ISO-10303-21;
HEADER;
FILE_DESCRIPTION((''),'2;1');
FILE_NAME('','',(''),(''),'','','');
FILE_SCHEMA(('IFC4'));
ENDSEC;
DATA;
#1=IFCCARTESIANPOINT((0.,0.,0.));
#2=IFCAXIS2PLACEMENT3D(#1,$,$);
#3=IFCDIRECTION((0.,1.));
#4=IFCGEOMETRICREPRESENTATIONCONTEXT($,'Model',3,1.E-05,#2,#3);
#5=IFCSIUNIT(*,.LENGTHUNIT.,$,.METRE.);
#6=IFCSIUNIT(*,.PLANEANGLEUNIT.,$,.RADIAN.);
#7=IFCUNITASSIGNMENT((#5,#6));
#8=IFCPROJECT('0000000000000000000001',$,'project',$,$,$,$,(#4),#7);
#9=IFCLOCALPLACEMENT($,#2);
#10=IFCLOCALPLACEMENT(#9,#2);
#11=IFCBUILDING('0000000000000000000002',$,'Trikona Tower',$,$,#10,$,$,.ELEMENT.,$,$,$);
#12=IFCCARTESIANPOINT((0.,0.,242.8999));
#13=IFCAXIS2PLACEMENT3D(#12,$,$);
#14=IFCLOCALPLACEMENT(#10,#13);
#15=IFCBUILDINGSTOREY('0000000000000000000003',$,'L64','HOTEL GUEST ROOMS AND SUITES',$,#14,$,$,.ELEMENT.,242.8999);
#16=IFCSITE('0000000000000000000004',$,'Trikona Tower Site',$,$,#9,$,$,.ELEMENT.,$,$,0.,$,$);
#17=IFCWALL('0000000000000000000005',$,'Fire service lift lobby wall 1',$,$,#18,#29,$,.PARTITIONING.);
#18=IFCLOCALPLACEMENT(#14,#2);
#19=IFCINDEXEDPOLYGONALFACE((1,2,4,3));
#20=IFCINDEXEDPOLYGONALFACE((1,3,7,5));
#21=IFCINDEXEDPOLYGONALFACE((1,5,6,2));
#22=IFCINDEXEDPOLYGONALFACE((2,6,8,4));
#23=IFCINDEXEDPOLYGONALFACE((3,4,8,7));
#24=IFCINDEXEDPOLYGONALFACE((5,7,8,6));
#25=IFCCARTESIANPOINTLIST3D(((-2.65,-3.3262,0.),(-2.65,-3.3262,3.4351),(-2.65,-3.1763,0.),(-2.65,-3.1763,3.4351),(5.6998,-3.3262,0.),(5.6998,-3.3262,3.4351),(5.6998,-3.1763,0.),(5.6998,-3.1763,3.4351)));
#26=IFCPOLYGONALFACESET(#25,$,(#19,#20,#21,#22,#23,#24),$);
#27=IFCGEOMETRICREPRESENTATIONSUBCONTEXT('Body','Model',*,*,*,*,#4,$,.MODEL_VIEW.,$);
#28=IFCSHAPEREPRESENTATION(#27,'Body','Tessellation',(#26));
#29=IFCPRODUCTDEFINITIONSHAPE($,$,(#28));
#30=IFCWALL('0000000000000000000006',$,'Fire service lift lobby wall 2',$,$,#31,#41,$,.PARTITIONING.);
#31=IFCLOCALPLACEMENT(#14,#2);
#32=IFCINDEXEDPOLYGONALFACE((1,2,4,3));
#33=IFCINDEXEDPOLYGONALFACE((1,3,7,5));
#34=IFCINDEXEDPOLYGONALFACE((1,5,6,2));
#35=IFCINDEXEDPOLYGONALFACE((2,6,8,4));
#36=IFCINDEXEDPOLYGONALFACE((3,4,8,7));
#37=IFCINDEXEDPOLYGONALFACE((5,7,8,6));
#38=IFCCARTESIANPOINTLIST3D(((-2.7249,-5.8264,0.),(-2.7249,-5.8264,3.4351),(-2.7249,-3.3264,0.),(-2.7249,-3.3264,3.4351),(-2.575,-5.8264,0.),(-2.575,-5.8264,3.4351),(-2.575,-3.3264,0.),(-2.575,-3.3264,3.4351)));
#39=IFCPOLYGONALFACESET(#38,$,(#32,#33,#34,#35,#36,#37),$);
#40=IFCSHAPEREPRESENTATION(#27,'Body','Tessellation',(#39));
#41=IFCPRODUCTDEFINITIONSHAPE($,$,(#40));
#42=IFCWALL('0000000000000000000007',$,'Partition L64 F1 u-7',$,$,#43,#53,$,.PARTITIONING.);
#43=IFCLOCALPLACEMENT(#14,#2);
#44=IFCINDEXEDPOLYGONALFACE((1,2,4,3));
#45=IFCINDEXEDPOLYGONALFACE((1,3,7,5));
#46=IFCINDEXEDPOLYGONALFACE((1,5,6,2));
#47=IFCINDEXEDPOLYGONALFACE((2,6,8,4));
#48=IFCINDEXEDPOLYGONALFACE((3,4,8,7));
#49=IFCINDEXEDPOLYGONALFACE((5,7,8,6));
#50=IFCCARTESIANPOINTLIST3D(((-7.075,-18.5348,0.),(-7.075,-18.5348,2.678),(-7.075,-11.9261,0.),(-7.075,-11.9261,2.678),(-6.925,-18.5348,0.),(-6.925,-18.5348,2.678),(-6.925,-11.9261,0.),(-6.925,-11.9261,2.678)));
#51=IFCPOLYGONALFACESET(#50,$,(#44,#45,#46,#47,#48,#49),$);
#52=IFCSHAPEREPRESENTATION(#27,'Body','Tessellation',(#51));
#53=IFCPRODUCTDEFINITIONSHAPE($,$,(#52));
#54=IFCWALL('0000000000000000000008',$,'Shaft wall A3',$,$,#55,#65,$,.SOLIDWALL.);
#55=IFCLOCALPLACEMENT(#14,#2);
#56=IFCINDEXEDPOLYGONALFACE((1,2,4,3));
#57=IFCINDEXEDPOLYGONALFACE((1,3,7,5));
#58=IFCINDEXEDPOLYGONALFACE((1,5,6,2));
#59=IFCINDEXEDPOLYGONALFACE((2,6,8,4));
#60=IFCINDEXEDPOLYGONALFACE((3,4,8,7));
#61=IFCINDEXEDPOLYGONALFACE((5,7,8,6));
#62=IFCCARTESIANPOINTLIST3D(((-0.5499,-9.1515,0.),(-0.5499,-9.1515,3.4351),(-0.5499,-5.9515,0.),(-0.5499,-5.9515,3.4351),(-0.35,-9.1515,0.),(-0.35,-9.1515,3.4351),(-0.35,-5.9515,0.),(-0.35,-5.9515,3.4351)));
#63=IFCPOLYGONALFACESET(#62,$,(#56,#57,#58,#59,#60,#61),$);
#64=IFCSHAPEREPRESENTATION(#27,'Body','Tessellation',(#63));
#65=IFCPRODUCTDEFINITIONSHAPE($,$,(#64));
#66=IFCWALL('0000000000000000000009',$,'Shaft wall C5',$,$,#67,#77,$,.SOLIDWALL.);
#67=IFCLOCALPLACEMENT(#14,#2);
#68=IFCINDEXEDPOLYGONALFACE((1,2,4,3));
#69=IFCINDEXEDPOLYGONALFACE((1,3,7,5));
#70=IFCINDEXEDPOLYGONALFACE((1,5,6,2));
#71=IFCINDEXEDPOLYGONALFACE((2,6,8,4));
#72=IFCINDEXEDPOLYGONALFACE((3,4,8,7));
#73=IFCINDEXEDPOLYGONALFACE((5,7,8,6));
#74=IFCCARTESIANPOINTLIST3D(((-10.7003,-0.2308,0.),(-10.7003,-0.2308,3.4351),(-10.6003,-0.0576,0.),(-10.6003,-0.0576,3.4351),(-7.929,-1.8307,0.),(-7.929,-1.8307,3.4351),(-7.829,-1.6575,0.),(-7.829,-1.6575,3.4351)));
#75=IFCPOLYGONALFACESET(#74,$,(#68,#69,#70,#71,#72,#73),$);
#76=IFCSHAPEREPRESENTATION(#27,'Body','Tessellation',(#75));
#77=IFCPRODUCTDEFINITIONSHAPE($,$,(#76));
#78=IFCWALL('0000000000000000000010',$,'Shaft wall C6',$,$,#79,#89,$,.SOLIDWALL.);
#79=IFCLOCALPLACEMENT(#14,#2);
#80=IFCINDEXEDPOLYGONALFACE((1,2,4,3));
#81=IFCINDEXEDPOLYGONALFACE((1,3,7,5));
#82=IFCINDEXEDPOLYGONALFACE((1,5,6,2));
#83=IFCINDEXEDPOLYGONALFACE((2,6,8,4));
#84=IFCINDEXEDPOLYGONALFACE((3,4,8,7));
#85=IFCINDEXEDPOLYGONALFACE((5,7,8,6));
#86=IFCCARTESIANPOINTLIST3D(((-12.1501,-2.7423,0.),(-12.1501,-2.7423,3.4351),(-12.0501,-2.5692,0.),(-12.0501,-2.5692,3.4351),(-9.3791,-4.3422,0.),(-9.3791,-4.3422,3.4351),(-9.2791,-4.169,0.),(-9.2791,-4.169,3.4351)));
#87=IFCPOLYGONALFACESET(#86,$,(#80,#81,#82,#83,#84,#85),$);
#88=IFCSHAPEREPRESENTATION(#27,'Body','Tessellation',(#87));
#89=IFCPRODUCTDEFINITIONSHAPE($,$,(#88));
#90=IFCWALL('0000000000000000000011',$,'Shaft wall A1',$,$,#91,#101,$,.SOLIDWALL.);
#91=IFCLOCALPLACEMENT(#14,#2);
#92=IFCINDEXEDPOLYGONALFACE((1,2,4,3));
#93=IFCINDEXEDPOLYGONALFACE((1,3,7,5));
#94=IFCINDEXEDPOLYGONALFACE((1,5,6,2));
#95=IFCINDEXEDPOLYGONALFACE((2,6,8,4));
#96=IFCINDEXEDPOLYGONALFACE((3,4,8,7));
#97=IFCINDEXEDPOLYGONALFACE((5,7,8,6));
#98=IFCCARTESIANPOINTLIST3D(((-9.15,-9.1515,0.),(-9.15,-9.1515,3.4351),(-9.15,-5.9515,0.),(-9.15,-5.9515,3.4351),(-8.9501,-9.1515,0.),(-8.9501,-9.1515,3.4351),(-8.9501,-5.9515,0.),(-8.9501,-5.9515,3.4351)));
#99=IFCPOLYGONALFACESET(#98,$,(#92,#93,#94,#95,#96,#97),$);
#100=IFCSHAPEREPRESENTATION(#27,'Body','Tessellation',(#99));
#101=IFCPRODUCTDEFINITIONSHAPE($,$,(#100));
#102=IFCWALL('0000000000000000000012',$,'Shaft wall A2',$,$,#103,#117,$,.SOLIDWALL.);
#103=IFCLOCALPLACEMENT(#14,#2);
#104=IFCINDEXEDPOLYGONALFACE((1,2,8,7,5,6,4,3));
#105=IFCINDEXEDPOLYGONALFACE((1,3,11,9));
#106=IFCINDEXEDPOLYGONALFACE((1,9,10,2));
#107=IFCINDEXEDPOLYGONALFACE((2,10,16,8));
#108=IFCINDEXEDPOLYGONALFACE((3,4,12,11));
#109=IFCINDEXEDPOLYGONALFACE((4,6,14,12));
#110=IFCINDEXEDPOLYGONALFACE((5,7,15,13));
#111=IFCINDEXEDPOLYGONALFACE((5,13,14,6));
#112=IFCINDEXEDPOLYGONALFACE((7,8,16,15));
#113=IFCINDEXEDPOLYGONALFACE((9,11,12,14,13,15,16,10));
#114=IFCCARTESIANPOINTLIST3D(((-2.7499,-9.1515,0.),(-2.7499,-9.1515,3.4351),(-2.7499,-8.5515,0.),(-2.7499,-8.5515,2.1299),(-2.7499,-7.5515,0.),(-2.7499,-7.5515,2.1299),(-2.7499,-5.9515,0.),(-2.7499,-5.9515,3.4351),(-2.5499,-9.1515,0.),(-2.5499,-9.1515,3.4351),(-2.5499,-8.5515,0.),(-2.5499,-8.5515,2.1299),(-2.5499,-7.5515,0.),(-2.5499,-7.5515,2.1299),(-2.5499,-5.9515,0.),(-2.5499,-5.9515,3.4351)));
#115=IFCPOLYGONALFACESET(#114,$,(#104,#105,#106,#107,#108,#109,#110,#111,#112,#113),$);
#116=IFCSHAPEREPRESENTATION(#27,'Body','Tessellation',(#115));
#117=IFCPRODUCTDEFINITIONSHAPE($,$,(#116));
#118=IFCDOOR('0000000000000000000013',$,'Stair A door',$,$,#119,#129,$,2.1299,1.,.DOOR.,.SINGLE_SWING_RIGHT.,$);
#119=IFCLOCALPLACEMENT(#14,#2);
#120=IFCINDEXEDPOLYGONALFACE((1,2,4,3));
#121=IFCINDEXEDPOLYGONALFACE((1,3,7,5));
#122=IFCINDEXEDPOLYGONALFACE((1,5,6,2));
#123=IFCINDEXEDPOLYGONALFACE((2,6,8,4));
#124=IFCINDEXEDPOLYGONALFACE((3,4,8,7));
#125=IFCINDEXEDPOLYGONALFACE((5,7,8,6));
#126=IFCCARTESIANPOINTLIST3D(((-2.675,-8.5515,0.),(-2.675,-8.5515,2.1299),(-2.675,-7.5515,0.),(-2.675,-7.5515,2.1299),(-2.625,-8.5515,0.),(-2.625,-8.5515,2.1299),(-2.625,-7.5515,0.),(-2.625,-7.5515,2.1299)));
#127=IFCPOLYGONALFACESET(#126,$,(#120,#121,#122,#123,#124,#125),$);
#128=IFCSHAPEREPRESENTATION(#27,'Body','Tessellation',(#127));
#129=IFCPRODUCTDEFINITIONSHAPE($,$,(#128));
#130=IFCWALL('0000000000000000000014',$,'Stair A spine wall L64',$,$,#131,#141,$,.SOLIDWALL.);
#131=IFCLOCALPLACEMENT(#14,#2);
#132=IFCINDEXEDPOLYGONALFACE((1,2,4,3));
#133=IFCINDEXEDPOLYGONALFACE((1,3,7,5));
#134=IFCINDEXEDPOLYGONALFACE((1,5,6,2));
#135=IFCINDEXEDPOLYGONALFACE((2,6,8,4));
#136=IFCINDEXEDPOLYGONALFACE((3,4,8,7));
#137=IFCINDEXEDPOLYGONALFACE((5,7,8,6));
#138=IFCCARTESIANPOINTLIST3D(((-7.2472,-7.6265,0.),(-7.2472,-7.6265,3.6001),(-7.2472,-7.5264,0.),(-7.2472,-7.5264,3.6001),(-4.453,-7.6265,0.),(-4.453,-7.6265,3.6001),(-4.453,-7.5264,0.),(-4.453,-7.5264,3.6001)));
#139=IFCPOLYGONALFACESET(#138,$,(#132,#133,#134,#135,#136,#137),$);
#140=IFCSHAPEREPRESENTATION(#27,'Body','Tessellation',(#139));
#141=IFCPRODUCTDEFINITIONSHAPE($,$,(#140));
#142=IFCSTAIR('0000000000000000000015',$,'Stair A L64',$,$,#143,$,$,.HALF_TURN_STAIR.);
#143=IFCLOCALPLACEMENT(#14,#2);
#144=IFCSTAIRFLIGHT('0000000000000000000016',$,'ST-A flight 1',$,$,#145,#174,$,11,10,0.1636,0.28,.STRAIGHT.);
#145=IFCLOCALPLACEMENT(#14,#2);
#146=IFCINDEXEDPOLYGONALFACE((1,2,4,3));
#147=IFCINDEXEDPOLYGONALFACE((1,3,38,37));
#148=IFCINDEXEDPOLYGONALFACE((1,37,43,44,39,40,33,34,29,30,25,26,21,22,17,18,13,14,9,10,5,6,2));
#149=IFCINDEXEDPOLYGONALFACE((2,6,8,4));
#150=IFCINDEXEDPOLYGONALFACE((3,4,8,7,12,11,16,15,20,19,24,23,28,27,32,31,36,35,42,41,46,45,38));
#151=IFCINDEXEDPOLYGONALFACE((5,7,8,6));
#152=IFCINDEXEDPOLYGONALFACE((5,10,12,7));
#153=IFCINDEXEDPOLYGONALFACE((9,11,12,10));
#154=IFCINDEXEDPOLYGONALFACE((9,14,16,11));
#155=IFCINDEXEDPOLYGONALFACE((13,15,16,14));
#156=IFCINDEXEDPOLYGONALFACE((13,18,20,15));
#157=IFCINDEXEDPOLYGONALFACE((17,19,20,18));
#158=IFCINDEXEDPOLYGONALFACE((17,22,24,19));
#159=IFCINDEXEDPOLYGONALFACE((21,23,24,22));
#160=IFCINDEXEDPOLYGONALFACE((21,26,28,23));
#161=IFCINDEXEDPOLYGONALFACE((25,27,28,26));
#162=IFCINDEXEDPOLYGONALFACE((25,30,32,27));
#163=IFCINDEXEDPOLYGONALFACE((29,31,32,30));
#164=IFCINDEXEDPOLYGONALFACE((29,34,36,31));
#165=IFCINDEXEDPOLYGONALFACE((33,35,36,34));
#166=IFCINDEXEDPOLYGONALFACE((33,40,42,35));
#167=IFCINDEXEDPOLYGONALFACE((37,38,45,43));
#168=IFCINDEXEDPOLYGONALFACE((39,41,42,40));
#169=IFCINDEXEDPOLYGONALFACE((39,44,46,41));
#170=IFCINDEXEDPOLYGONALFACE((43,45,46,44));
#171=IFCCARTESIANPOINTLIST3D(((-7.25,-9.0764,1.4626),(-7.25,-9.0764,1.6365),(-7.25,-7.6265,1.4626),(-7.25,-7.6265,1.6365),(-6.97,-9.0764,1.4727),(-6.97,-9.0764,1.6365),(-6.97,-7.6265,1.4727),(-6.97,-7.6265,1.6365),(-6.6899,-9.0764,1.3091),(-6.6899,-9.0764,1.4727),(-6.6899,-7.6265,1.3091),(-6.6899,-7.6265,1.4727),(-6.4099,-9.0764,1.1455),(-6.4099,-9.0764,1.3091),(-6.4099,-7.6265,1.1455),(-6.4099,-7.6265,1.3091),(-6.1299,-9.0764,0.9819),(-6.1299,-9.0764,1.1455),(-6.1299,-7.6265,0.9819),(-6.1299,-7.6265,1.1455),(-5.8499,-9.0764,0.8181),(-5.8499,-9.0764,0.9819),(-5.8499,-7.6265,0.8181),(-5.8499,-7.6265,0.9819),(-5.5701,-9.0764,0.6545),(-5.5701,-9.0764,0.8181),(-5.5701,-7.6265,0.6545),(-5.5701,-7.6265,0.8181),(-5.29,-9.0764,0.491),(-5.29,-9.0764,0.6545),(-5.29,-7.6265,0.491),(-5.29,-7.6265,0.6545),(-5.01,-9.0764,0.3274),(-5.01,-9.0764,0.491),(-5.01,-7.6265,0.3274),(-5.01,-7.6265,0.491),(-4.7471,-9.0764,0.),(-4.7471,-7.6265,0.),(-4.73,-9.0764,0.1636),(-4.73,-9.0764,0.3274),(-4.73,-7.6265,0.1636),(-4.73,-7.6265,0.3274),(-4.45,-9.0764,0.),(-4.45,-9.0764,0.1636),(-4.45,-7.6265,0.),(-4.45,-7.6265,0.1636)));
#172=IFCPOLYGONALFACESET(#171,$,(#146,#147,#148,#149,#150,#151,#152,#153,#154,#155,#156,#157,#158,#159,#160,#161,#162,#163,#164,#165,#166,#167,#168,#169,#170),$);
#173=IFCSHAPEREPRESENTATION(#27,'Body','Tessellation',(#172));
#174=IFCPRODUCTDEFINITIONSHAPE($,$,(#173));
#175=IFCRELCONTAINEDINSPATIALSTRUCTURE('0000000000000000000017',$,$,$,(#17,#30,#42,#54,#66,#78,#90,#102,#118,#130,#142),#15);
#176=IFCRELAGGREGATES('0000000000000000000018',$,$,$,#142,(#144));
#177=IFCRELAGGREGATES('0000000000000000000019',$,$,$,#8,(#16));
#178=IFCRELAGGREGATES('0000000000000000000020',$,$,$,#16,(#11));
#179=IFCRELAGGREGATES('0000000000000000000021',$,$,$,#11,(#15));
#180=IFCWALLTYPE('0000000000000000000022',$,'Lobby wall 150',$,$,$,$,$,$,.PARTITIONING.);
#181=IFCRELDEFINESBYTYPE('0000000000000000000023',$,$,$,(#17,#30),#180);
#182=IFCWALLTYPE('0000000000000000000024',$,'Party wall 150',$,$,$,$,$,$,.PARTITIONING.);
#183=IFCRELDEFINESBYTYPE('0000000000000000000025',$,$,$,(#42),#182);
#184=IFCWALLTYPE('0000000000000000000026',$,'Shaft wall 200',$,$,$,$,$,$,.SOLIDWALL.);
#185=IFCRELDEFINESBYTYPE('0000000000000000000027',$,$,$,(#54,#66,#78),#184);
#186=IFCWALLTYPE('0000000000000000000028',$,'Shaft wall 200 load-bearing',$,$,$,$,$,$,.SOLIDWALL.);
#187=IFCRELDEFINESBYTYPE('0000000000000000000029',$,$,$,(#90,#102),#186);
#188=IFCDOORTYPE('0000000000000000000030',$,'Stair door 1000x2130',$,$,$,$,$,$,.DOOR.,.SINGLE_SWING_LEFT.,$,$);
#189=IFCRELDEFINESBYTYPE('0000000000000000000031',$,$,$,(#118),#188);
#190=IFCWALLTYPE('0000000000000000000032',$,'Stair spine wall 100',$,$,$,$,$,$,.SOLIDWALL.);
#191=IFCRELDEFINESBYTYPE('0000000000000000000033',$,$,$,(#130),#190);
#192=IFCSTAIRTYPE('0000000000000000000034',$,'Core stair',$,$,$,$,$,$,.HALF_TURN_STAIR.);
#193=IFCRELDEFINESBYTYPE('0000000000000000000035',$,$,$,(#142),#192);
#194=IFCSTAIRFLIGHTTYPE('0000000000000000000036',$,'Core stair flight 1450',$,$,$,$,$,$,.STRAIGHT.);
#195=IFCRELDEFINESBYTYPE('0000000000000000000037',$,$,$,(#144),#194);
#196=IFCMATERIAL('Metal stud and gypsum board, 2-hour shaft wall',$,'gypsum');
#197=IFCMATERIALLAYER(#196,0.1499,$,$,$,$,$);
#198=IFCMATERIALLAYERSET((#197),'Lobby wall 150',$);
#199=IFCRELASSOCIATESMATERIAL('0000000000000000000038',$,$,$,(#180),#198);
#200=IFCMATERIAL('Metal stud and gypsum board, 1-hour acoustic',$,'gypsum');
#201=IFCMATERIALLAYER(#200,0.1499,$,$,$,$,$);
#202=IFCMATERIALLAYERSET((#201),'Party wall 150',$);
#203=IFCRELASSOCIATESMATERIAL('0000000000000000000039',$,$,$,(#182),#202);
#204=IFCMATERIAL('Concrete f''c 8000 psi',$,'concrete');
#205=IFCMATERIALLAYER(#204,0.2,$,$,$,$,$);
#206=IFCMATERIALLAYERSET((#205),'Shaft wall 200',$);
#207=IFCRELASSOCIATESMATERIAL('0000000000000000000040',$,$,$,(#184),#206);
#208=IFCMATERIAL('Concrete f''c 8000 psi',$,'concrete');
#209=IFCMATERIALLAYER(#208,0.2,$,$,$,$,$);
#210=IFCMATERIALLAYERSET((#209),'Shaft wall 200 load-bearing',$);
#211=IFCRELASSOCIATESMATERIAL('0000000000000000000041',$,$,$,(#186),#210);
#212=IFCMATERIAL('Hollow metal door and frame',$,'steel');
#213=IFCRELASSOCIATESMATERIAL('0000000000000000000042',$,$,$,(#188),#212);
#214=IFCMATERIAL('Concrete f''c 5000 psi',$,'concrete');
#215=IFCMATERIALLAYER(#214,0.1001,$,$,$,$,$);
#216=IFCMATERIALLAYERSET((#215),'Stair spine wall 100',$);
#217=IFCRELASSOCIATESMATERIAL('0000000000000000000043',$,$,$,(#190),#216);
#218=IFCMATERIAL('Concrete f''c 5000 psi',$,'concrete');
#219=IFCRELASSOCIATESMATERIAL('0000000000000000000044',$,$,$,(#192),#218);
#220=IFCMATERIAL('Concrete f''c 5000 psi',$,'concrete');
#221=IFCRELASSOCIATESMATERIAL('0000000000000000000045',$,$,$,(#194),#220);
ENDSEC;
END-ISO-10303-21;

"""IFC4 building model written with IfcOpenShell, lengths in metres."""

from ifc_helpers import new_model, si_unit, direction, frame, frame_2d, origin, place, context, subcontext, project, spatial, polyline, rectangle, outline, extrude, material, layer, layer_set, type_object, element, fill, aggregate, save


model = new_model("IFC4")

# Units and contexts
model_context = context("Model", 3, precision=1e-05, world=origin(), true_north=direction((0.0, 1.0)))
body_context = subcontext(model_context, "Body", "Model", "MODEL_VIEW")
ifc_project = project(units=[si_unit("LENGTHUNIT", "METRE"), si_unit("PLANEANGLEUNIT", "RADIAN")], contexts=[model_context])

# Site, building, storey
site_placement = place(None, origin())
site = spatial("IfcSite", under=ifc_project, at=site_placement, Name="Trikona Tower Site", CompositionType="ELEMENT", RefElevation=0.0)
building_placement = place(site_placement, origin())
building = spatial("IfcBuilding", under=site, at=building_placement, Name="Trikona Tower", CompositionType="ELEMENT")
storey_placement = place(building_placement, frame((0.0, 0.0, 242.8999)))
storey = spatial("IfcBuildingStorey", under=building, at=storey_placement, Name="L64", Description="HOTEL GUEST ROOMS AND SUITES", CompositionType="ELEMENT", Elevation=242.8999)

# Walls
ifc_material_1 = material(Name="Metal stud and gypsum board, 2-hour shaft wall", Category="gypsum")
ifc_layer_1 = layer(ifc_material_1, 0.1499)
ifc_layer_set_1 = layer_set([ifc_layer_1], Name="Lobby wall 150")
wall_type_1 = type_object("IfcWallType", Name="Lobby wall 150", PredefinedType="PARTITIONING", material=ifc_layer_set_1)
wall_1_placement = place(storey_placement, frame((-2.6499, -3.2512, 0.0), z_axis=(0.0, 0.0, 1.0), x_axis=(1.0, 0.0, 0.0)))
element("IfcWall", 1, at=wall_1_placement, inside=storey, type_object=wall_type_1, Name="Fire service lift lobby wall 1", PredefinedType="PARTITIONING", context=body_context, shape_type="SweptSolid", body=[
    extrude(rectangle(XDim=8.3499, YDim=0.1499, at=frame_2d((4.1748, 0.0))), origin(), (0.0, 0.0, 1.0), 3.4351),
])
wall_2_placement = place(storey_placement, frame((-2.6499, -5.8264, 0.0), z_axis=(0.0, 0.0, 1.0), x_axis=(0.0, 1.0, 0.0)))
element("IfcWall", 2, at=wall_2_placement, inside=storey, type_object=wall_type_1, Name="Fire service lift lobby wall 2", PredefinedType="PARTITIONING", context=body_context, shape_type="SweptSolid", body=[
    extrude(rectangle(XDim=2.5, YDim=0.1499, at=frame_2d((1.25, 0.0))), origin(), (0.0, 0.0, 1.0), 3.4351),
])
ifc_material_2 = material(Name="Metal stud and gypsum board, 1-hour acoustic", Category="gypsum")
ifc_layer_2 = layer(ifc_material_2, 0.1499)
ifc_layer_set_2 = layer_set([ifc_layer_2], Name="Party wall 150")
wall_type_2 = type_object("IfcWallType", Name="Party wall 150", PredefinedType="PARTITIONING", material=ifc_layer_set_2)
wall_3_placement = place(storey_placement, frame((-7.0, -11.9263, 0.0), z_axis=(0.0, 0.0, 1.0), x_axis=(0.0, -1.0, 0.0)))
element("IfcWall", 3, at=wall_3_placement, inside=storey, type_object=wall_type_2, Name="Partition L64 F1 u-7", PredefinedType="PARTITIONING", context=body_context, shape_type="SweptSolid", body=[
    extrude(rectangle(XDim=6.6086, YDim=0.1499, at=frame_2d((3.3042, 0.0))), origin(), (0.0, 0.0, 1.0), 2.678),
])
ifc_material_3 = material(Name="Concrete f'c 8000 psi", Category="concrete")
ifc_layer_3 = layer(ifc_material_3, 0.2)
ifc_layer_set_3 = layer_set([ifc_layer_3], Name="Shaft wall 200")
wall_type_3 = type_object("IfcWallType", Name="Shaft wall 200", PredefinedType="SOLIDWALL", material=ifc_layer_set_3)
for number, where, z_axis, x_axis, name in (
    (4, (-0.45, -5.9514, 0.0), (0.0, 0.0, 1.0), (0.0, -1.0, 0.0), "Shaft wall A3"),
    (5, (-7.8789, -1.7441, 0.0), (0.0, 0.0, 1.0), (-0.866042, 0.499971, 0.0), "Shaft wall C5"),
):
    element("IfcWall", number, at=place(storey_placement, frame(where, z_axis=z_axis, x_axis=x_axis)), inside=storey, type_object=wall_type_3, Name=name, PredefinedType="SOLIDWALL", context=body_context, shape_type="SweptSolid", body=[
        extrude(rectangle(XDim=3.2, YDim=0.2, at=frame_2d((1.6001, 0.0))), origin(), (0.0, 0.0, 1.0), 3.4351),
    ])
wall_4_placement = place(storey_placement, frame((-9.3291, -4.2556, 0.0), z_axis=(0.0, 0.0, 1.0), x_axis=(-0.866023, 0.500004, 0.0)))
element("IfcWall", 6, at=wall_4_placement, inside=storey, type_object=wall_type_3, Name="Shaft wall C6", PredefinedType="SOLIDWALL", context=body_context, shape_type="SweptSolid", body=[
    extrude(rectangle(XDim=3.1997, YDim=0.2, at=frame_2d((1.5999, 0.0))), origin(), (0.0, 0.0, 1.0), 3.4351),
])
ifc_material_4 = material(Name="Concrete f'c 8000 psi", Category="concrete")
ifc_layer_4 = layer(ifc_material_4, 0.2)
ifc_layer_set_4 = layer_set([ifc_layer_4], Name="Shaft wall 200 load-bearing")
wall_type_4 = type_object("IfcWallType", Name="Shaft wall 200 load-bearing", PredefinedType="SOLIDWALL", material=ifc_layer_set_4)
wall_5_placement = place(storey_placement, frame((-9.05, -5.9514, 0.0), z_axis=(0.0, 0.0, 1.0), x_axis=(0.0, -1.0, 0.0)))
element("IfcWall", 7, at=wall_5_placement, inside=storey, type_object=wall_type_4, Name="Shaft wall A1", PredefinedType="SOLIDWALL", context=body_context, shape_type="SweptSolid", body=[
    extrude(rectangle(XDim=3.2, YDim=0.2, at=frame_2d((1.6001, 0.0))), origin(), (0.0, 0.0, 1.0), 3.4351),
])

# Wall, opening, door
wall_6_placement = place(storey_placement, frame((-2.6499, -5.9514, 0.0), z_axis=(0.0, 0.0, 1.0), x_axis=(0.0, -1.0, 0.0)))
wall_6 = element("IfcWall", 8, at=wall_6_placement, inside=storey, type_object=wall_type_4, Name="Shaft wall A2", PredefinedType="SOLIDWALL", context=body_context, shape_type="SweptSolid", body=[
    extrude(rectangle(XDim=3.2, YDim=0.2, at=frame_2d((1.6001, 0.0))), origin(), (0.0, 0.0, 1.0), 3.4351),
])
opening_1_placement = place(wall_6_placement, frame((1.6001, 0.0, 0.0)))
opening_1 = element("IfcOpeningElement", 9, at=opening_1_placement, cuts=wall_6, PredefinedType="OPENING", context=body_context, shape_type="SweptSolid", body=[
    extrude(rectangle(XDim=1.0, YDim=2.1299, at=frame_2d((0.5, 1.0649))), frame((0.0, 0.1099, 0.0), z_axis=(0.0, -1.0, 0.0), x_axis=(1.0, 0.0, 0.0)), (0.0, 0.0, 1.0), 0.22),
])
ifc_material_5 = material(Name="Hollow metal door and frame", Category="steel")
door_type_1 = type_object("IfcDoorType", Name="Stair door 1000x2130", OperationType="SINGLE_SWING_LEFT", PredefinedType="DOOR", material=ifc_material_5)
door_1_placement = place(opening_1_placement, origin())
door_1 = element("IfcDoor", 10, at=door_1_placement, inside=storey, type_object=door_type_1, Name="Stair A door", OperationType="SINGLE_SWING_RIGHT", OverallHeight=2.1299, OverallWidth=1.0, PredefinedType="DOOR", context=body_context, shape_type="SweptSolid", body=[
    extrude(rectangle(XDim=1.0, YDim=2.1299, at=frame_2d((0.5, 1.0649))), frame((0.0, 0.0249, 0.0), z_axis=(0.0, -1.0, 0.0), x_axis=(1.0, 0.0, 0.0)), (0.0, 0.0, 1.0), 0.05),
])
fill(opening_1, door_1)

# Wall
ifc_material_6 = material(Name="Concrete f'c 5000 psi", Category="concrete")
ifc_layer_5 = layer(ifc_material_6, 0.1001)
ifc_layer_set_5 = layer_set([ifc_layer_5], Name="Stair spine wall 100")
wall_type_5 = type_object("IfcWallType", Name="Stair spine wall 100", PredefinedType="SOLIDWALL", material=ifc_layer_set_5)
wall_7_placement = place(storey_placement, frame((-7.2471, -7.5764, 0.0), z_axis=(0.0, 0.0, 1.0), x_axis=(1.0, 0.0, 0.0)))
element("IfcWall", 11, at=wall_7_placement, inside=storey, type_object=wall_type_5, Name="Stair A spine wall L64", PredefinedType="SOLIDWALL", context=body_context, shape_type="SweptSolid", body=[
    extrude(rectangle(XDim=2.7942, YDim=0.1001, at=frame_2d((1.397, 0.0))), origin(), (0.0, 0.0, 1.0), 3.6001),
])

# Stair, stair flight
ifc_material_7 = material(Name="Concrete f'c 5000 psi", Category="concrete")
stair_type = type_object("IfcStairType", Name="Core stair", PredefinedType="HALF_TURN_STAIR", material=ifc_material_7)
stair_placement = place(storey_placement, origin())
stair = element("IfcStair", 12, at=stair_placement, inside=storey, type_object=stair_type, Name="Stair A L64", PredefinedType="HALF_TURN_STAIR")
ifc_material_8 = material(Name="Concrete f'c 5000 psi", Category="concrete")
stair_flight_type = type_object("IfcStairFlightType", Name="Core stair flight 1450", PredefinedType="STRAIGHT", material=ifc_material_8)
stair_flight_1_placement = place(storey_placement, frame((-4.45, -8.3513, 0.0), z_axis=(0.0, 0.0, 1.0), x_axis=(-1.0, 0.0, 0.0)))
stair_flight_1 = element("IfcStairFlight", 13, at=stair_flight_1_placement, type_object=stair_flight_type, Name="ST-A flight 1", NumberOfRisers=11, NumberOfTreads=10, PredefinedType="STRAIGHT", RiserHeight=0.1636, TreadLength=0.28, context=body_context, shape_type="SweptSolid", body=[
    extrude(outline(polyline([(0.0, 0.0), (0.0, 0.1636), (0.28, 0.1636), (0.28, 0.3274), (0.5601, 0.3274), (0.5601, 0.491), (0.8401, 0.491), (0.8401, 0.6545), (1.1201, 0.6545), (1.1201, 0.8181), (1.3999, 0.8181), (1.3999, 0.9819), (1.6799, 0.9819), (1.6799, 1.1455), (1.96, 1.1455), (1.96, 1.3091), (2.24, 1.3091), (2.24, 1.4727), (2.52, 1.4727), (2.52, 1.6365), (2.8, 1.6365), (2.8, 1.8), (2.8, 1.4626), (0.2971, 0.0), (0.0, 0.0)])), frame((0.0, 0.7251, 0.0), z_axis=(0.0, -1.0, 0.0), x_axis=(1.0, 0.0, 0.0)), (0.0, 0.0, 1.0), 1.45),
])
aggregate(stair, [stair_flight_1])

save(model, "model.ifc")
